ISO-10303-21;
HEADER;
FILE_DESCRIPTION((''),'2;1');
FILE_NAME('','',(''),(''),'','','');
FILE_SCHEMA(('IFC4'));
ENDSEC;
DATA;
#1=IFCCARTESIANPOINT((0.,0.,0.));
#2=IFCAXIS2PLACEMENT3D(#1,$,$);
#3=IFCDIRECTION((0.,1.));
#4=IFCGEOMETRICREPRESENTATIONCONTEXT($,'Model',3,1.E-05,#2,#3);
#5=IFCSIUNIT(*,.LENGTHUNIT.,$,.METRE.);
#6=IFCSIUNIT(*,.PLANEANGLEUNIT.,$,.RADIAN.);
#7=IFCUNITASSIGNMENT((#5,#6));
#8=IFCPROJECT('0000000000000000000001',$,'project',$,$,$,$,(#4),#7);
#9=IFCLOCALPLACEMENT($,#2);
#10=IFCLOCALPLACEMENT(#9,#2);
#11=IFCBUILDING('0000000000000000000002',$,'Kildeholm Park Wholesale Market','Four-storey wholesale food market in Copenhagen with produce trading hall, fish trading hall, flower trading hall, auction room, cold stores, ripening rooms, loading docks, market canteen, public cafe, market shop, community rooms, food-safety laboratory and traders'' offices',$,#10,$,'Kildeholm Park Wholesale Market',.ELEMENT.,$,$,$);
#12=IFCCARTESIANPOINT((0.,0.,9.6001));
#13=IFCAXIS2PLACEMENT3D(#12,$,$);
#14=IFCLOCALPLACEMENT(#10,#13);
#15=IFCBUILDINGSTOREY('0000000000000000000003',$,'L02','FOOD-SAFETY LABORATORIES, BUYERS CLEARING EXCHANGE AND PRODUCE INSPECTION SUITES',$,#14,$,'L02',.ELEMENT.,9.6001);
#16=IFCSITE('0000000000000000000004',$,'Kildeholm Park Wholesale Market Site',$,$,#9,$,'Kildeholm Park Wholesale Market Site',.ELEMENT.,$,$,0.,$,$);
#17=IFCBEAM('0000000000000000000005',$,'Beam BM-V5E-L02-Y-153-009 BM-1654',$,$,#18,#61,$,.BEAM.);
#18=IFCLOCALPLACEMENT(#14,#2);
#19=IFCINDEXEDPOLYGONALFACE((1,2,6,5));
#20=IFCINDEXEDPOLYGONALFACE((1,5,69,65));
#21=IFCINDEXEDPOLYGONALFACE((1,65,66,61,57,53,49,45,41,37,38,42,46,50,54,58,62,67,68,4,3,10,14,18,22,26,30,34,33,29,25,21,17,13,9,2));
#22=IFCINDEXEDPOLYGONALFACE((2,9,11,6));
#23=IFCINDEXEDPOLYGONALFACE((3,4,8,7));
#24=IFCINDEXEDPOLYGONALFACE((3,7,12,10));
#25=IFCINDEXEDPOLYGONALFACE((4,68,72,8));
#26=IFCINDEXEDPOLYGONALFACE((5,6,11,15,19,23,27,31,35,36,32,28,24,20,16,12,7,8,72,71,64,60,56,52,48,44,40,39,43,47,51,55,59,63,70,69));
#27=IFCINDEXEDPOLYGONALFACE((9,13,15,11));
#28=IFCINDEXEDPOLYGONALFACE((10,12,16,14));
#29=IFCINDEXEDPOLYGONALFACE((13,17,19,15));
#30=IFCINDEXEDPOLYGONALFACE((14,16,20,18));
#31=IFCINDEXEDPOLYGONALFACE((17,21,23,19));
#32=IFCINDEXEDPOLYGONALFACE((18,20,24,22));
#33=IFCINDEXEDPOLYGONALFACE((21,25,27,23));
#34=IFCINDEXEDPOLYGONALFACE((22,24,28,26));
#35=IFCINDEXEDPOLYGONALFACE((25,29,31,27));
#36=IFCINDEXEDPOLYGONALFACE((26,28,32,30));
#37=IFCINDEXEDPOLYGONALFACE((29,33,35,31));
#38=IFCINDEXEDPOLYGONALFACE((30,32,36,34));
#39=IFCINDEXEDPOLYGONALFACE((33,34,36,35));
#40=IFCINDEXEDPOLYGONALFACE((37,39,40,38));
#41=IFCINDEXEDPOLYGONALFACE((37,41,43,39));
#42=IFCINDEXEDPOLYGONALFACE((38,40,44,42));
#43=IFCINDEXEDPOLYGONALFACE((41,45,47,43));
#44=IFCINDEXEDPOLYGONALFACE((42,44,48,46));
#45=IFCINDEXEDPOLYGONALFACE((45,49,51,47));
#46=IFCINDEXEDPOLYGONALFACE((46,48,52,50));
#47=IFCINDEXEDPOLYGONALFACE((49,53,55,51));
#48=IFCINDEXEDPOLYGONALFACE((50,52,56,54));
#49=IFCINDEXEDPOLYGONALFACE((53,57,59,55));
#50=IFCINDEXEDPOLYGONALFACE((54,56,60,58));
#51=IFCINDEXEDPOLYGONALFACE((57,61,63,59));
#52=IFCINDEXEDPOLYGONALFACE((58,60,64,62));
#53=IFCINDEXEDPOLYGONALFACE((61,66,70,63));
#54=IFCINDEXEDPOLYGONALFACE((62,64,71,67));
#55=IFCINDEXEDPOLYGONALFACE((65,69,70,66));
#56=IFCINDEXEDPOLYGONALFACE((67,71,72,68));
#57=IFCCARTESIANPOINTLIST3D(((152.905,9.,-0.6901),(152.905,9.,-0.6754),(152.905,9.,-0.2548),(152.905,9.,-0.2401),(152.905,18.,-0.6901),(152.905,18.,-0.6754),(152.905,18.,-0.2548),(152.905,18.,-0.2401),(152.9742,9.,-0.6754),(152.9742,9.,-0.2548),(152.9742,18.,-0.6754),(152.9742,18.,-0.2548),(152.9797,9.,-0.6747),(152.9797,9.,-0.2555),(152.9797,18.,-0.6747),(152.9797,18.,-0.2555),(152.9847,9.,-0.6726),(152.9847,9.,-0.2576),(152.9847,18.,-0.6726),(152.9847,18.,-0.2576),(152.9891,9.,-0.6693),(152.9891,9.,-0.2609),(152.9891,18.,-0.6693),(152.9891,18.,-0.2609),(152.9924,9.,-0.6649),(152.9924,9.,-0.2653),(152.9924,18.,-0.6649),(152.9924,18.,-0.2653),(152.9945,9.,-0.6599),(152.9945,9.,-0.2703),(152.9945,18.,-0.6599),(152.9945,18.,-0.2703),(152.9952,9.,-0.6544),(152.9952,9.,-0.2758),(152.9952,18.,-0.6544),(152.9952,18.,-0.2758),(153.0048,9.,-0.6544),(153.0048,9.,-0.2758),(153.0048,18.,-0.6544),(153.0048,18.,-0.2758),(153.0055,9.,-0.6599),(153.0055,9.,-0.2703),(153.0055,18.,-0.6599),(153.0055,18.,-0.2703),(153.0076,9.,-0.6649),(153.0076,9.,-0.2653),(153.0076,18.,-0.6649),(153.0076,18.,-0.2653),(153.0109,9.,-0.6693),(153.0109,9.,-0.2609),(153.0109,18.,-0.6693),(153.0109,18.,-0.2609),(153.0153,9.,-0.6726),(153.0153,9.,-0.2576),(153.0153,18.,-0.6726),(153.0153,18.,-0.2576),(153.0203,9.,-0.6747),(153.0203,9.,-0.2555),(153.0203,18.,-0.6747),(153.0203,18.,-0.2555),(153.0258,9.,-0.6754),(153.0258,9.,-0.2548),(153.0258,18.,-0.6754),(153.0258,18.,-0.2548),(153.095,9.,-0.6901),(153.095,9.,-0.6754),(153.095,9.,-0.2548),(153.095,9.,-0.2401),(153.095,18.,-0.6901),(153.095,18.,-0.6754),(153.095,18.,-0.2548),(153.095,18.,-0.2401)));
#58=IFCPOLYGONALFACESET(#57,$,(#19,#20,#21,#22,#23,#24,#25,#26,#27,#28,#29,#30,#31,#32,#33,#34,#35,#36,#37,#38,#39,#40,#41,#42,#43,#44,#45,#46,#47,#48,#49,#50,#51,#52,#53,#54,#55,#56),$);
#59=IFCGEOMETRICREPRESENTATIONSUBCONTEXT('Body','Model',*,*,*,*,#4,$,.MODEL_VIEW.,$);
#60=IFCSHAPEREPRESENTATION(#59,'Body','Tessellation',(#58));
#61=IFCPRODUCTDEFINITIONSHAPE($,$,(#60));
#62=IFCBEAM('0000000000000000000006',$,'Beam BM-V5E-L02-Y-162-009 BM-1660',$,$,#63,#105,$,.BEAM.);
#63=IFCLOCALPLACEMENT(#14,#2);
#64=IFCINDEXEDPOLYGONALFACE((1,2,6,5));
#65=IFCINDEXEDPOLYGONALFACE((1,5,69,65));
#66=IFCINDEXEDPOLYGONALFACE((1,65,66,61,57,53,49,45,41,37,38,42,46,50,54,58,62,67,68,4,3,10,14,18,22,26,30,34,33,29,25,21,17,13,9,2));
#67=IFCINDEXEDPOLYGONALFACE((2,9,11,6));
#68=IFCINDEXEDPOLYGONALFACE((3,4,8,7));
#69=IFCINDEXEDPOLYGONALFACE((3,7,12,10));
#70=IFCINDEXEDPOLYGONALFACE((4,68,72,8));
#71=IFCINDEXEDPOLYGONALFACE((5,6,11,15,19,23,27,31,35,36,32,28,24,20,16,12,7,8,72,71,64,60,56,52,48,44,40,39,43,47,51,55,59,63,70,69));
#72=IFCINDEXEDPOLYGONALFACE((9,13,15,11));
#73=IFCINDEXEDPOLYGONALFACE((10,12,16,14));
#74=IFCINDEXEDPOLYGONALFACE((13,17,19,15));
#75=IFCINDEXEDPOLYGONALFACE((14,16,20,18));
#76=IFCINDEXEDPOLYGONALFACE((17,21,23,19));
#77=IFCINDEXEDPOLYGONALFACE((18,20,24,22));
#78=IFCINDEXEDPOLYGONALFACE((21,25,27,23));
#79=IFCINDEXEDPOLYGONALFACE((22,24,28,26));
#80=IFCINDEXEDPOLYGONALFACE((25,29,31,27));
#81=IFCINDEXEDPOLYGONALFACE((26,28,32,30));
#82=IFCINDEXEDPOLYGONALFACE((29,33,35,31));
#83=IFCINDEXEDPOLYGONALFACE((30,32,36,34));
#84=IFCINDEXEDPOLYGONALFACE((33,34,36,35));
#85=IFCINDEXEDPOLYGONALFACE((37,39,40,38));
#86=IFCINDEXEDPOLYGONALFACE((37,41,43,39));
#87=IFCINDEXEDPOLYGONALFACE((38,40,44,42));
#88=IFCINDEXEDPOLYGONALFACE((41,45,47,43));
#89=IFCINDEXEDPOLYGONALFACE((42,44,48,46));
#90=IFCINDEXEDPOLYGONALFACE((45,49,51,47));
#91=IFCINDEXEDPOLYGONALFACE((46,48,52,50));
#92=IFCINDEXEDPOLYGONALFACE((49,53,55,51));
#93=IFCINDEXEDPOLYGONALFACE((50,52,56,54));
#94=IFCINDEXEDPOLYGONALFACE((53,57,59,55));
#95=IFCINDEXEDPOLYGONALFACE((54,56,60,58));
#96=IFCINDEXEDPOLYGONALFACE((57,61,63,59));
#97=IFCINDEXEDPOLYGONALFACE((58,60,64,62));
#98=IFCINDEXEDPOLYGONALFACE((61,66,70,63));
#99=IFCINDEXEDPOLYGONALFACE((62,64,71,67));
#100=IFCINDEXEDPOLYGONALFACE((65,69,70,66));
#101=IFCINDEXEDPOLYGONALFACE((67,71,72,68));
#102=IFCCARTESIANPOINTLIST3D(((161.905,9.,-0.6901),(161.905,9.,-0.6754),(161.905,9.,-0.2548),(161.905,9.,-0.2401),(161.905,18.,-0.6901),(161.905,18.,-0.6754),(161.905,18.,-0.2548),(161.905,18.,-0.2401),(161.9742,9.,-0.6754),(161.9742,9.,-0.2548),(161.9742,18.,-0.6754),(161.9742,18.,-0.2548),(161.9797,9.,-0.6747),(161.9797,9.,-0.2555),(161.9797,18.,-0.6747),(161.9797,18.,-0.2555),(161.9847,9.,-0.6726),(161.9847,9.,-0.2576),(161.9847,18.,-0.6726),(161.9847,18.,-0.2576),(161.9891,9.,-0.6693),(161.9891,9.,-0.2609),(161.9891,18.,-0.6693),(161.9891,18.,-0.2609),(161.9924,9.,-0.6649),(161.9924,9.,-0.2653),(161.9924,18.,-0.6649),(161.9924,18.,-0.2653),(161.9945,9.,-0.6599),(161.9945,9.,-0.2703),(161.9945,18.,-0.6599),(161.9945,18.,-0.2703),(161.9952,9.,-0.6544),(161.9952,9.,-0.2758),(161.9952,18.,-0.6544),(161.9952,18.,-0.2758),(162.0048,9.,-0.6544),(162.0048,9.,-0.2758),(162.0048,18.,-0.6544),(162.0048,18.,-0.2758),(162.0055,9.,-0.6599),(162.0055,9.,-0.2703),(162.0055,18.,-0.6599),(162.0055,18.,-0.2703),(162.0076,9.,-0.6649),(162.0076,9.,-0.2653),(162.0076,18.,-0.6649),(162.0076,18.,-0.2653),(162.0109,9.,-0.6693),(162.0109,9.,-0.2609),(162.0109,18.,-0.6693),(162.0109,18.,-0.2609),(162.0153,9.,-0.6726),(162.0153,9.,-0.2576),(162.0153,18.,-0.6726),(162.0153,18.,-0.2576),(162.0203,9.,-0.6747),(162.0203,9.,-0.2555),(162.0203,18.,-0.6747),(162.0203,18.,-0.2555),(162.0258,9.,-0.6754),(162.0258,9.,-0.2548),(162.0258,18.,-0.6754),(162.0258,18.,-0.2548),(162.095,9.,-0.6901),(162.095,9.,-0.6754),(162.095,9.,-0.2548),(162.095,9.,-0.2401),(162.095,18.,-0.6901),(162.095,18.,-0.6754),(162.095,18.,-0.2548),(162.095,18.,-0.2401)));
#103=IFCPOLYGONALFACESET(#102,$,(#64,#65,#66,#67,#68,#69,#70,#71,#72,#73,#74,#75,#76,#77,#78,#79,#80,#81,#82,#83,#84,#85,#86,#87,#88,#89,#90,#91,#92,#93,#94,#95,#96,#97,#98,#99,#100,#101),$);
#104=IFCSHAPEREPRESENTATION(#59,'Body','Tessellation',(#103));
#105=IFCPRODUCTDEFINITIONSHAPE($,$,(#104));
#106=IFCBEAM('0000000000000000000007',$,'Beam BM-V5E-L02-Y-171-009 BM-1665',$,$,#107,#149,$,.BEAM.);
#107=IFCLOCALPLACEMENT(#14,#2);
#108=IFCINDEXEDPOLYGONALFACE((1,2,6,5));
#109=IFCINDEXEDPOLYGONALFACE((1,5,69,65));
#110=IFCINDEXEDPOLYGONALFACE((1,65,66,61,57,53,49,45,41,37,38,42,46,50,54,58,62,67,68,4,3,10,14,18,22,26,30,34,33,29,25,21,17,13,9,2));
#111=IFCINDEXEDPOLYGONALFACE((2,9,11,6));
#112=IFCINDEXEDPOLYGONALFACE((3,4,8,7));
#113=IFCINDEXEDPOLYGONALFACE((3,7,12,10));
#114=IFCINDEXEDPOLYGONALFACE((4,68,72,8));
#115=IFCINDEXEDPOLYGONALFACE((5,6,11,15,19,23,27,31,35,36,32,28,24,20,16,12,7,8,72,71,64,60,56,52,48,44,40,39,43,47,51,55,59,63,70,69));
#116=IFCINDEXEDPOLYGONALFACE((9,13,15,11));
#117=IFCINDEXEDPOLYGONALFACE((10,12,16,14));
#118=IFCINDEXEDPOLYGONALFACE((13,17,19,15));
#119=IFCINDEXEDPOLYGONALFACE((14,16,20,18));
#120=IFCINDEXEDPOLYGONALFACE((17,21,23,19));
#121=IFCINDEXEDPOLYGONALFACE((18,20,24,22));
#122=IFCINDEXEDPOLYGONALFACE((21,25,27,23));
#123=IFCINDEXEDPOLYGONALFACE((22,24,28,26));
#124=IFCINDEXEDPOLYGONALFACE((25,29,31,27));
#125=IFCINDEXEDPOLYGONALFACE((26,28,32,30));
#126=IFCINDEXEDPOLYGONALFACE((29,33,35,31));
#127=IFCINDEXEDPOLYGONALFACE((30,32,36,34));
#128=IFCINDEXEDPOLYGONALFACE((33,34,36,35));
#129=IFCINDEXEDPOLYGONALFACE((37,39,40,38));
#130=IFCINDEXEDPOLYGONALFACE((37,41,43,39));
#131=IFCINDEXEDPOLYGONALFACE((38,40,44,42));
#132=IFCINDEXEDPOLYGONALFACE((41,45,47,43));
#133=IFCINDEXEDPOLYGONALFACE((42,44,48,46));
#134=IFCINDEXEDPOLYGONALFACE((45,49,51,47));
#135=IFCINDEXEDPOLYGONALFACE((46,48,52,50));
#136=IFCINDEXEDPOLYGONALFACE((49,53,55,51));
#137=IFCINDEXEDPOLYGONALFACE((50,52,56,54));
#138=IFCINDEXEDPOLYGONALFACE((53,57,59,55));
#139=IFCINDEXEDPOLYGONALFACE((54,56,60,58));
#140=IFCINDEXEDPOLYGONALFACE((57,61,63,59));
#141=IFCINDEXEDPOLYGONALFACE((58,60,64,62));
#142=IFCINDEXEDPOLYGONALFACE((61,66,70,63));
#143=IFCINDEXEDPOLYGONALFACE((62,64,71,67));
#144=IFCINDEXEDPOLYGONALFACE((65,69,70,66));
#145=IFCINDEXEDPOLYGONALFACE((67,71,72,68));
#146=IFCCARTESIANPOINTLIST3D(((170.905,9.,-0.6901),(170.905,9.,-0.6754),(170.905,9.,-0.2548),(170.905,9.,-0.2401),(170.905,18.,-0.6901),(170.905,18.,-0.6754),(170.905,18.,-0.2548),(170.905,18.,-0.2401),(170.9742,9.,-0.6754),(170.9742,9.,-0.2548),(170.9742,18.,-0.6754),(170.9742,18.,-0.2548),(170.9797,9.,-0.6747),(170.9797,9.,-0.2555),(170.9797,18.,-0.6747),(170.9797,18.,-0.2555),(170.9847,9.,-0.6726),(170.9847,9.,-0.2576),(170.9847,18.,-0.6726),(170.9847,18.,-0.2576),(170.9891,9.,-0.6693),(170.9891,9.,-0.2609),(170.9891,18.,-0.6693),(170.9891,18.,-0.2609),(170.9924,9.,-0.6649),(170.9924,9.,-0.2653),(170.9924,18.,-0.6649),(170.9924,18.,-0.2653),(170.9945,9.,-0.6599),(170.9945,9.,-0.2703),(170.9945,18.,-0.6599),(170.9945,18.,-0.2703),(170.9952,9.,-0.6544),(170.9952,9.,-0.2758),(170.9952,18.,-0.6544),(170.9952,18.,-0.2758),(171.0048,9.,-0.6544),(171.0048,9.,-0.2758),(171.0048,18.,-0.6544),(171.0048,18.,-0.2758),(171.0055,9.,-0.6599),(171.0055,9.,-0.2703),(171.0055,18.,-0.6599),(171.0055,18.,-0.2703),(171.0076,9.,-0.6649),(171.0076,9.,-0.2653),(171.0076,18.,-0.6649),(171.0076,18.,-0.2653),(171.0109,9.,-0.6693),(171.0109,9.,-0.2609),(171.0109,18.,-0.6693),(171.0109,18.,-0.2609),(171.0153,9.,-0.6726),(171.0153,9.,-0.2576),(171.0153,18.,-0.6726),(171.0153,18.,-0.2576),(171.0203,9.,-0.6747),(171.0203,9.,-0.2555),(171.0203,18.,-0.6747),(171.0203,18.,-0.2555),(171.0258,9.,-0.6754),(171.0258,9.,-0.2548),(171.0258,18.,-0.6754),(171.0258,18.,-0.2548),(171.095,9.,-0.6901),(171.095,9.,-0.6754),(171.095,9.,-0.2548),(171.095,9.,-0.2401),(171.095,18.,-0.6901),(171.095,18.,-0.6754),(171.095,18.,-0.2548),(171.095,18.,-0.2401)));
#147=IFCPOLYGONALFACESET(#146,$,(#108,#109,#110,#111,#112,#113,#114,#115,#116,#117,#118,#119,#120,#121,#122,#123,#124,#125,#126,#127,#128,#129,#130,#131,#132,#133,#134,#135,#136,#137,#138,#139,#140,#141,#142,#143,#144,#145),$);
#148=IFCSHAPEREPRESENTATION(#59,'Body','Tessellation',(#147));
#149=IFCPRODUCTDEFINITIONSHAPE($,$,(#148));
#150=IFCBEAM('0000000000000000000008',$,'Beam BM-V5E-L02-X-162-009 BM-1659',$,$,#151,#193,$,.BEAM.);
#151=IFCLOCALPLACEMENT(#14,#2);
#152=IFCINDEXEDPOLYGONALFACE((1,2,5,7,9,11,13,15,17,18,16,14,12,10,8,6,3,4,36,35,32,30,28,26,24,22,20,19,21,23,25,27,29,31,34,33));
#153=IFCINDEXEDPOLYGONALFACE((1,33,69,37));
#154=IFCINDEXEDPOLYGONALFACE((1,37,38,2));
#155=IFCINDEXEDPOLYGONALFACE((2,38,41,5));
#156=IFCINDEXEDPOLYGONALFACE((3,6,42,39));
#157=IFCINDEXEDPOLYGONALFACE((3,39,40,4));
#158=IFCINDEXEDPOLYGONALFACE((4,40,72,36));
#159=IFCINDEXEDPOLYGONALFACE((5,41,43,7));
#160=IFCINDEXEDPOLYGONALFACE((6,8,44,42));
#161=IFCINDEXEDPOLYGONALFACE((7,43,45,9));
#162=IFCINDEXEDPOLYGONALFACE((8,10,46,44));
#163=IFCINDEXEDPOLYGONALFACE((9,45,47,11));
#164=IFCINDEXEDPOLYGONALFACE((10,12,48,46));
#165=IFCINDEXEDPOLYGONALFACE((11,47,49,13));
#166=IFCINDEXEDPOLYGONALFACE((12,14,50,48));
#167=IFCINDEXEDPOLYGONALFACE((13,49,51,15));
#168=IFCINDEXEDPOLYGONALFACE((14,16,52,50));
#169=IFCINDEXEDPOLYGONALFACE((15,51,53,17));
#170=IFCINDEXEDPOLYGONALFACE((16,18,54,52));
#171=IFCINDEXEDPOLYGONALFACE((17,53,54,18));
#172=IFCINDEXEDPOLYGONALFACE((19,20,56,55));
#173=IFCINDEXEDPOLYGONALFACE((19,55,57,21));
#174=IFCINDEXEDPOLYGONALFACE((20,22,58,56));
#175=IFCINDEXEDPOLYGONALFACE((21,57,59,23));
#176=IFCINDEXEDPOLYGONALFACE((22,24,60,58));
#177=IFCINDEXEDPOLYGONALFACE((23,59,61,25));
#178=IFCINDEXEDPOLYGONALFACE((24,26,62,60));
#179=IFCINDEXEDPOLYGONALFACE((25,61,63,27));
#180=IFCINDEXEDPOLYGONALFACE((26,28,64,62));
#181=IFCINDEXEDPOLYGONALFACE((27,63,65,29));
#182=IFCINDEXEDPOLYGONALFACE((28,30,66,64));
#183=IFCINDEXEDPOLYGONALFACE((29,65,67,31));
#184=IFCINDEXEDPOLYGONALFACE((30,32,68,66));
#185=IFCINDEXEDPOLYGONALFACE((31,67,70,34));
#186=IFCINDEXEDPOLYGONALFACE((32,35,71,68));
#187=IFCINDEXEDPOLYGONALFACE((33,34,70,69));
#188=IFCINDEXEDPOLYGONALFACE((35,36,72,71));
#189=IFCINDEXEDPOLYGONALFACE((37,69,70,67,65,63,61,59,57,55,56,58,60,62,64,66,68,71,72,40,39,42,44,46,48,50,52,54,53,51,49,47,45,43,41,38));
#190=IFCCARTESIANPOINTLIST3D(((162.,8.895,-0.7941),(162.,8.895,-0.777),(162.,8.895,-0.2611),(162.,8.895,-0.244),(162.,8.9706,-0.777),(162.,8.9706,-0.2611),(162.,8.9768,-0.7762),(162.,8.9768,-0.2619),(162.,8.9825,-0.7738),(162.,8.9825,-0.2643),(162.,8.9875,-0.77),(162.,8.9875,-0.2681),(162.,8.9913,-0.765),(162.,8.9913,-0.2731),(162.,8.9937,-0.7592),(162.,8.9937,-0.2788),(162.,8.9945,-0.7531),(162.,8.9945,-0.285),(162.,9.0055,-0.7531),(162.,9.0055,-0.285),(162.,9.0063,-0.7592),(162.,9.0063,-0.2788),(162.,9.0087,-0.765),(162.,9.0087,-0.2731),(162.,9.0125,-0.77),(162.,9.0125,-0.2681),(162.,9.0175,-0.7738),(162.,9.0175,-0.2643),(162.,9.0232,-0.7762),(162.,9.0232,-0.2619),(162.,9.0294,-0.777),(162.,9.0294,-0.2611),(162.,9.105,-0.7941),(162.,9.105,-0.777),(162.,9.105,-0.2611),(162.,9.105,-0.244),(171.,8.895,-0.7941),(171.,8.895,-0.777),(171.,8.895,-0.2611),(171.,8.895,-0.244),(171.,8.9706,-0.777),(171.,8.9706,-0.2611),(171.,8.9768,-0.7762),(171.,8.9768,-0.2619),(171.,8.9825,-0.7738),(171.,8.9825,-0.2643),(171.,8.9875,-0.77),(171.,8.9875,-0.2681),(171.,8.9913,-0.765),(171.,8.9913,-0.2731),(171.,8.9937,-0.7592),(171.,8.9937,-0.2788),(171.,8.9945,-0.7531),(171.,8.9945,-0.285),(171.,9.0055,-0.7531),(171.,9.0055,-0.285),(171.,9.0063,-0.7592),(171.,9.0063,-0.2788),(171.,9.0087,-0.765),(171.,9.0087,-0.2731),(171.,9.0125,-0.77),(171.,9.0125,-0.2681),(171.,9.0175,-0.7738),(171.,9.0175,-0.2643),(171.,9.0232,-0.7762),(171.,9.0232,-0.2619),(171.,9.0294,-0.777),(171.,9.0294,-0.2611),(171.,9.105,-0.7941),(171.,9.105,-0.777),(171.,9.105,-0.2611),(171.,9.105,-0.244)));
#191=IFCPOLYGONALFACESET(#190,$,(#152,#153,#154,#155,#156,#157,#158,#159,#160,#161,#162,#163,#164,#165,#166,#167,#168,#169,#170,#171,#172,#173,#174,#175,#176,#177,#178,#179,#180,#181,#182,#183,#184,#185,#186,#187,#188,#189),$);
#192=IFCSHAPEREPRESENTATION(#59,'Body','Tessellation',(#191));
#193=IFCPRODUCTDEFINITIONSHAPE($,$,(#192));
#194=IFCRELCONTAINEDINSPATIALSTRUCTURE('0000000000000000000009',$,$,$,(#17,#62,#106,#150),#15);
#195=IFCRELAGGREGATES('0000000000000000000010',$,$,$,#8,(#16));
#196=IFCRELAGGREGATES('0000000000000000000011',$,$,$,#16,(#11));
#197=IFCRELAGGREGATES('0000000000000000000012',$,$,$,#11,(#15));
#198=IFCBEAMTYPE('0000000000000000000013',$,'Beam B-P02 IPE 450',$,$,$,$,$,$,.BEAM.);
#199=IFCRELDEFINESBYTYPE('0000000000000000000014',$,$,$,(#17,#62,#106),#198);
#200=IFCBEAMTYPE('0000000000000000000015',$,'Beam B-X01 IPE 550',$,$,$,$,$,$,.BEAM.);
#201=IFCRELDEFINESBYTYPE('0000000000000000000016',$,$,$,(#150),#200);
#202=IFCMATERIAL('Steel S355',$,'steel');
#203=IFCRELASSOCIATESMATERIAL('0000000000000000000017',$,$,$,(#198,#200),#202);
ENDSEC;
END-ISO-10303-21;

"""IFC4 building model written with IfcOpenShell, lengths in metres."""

from ifc_helpers import new_model, si_unit, direction, frame, origin, origin_2d, place, context, subcontext, project, spatial, i_section, extrude, material, material_profile, profile_set, type_object, element, save


model = new_model("IFC4")

# Units and contexts
model_context = context("Model", 3, precision=1e-05, world=origin(), true_north=direction((0.0, 1.0)))
body_context = subcontext(model_context, "Body", "Model", "MODEL_VIEW")
ifc_project = project(units=[si_unit("LENGTHUNIT", "METRE"), si_unit("PLANEANGLEUNIT", "RADIAN")], contexts=[model_context])

# Site, building, storey
site_placement = place(None, origin())
site = spatial("IfcSite", under=ifc_project, at=site_placement, Name="Kildeholm Park Wholesale Market Site", LongName="Kildeholm Park Wholesale Market Site", CompositionType="ELEMENT", RefElevation=0.0)
building_placement = place(site_placement, origin())
building = spatial("IfcBuilding", under=site, at=building_placement, Name="Kildeholm Park Wholesale Market", Description="Four-storey wholesale food market in Copenhagen with produce trading hall, fish trading hall, flower trading hall, auction room, cold stores, ripening rooms, loading docks, market canteen, public cafe, market shop, community rooms, food-safety laboratory and traders' offices", LongName="Kildeholm Park Wholesale Market", CompositionType="ELEMENT")
storey_placement = place(building_placement, frame((0.0, 0.0, 9.6001)))
storey = spatial("IfcBuildingStorey", under=building, at=storey_placement, Name="L02", Description="FOOD-SAFETY LABORATORIES, BUYERS CLEARING EXCHANGE AND PRODUCE INSPECTION SUITES", LongName="L02", CompositionType="ELEMENT", Elevation=9.6001)

# Shared definitions
ifc_material_1 = material(Name="Steel S355", Category="steel")

# Beams
ifc_material_profile_1 = material_profile(ifc_material_1, i_section(OverallWidth=0.1899, OverallDepth=0.45, WebThickness=0.0095, FlangeThickness=0.0146, FilletRadius=0.021, at=origin_2d()), Name="IPE 450")
ifc_profile_set_1 = profile_set([ifc_material_profile_1], Name="Steel S355")
beam_type_1 = type_object("IfcBeamType", Name="Beam B-P02 IPE 450", PredefinedType="BEAM", material=ifc_profile_set_1)
for number, where, z_axis, x_axis, name in (
    (1, (153.0, 9.0, -0.4651), (0.0, 1.0, 0.0), (-1.0, 0.0, 0.0), "Beam BM-V5E-L02-Y-153-009 BM-1654"),
    (2, (162.0, 9.0, -0.4651), (0.0, 1.0, 0.0), (-1.0, 0.0, 0.0), "Beam BM-V5E-L02-Y-162-009 BM-1660"),
    (3, (171.0, 9.0, -0.4651), (0.0, 1.0, 0.0), (-1.0, 0.0, 0.0), "Beam BM-V5E-L02-Y-171-009 BM-1665"),
):
    element("IfcBeam", number, at=place(storey_placement, frame(where, z_axis=z_axis, x_axis=x_axis)), inside=storey, type_object=beam_type_1, Name=name, PredefinedType="BEAM", context=body_context, shape_type="SweptSolid", body=[
        extrude(i_section(OverallWidth=0.1899, OverallDepth=0.45, WebThickness=0.0095, FlangeThickness=0.0146, FilletRadius=0.021, at=origin_2d()), origin(), (0.0, 0.0, 1.0), 9.0),
    ])
ifc_material_profile_2 = material_profile(ifc_material_1, i_section(OverallWidth=0.21, OverallDepth=0.55, WebThickness=0.011, FlangeThickness=0.0171, FilletRadius=0.0239, at=origin_2d()), Name="IPE 550")
ifc_profile_set_2 = profile_set([ifc_material_profile_2], Name="Steel S355")
beam_type_2 = type_object("IfcBeamType", Name="Beam B-X01 IPE 550", PredefinedType="BEAM", material=ifc_profile_set_2)
beam_1_placement = place(storey_placement, frame((162.0, 9.0, -0.519), z_axis=(1.0, 0.0, 0.0), x_axis=(0.0, 1.0, 0.0)))
element("IfcBeam", 4, at=beam_1_placement, inside=storey, type_object=beam_type_2, Name="Beam BM-V5E-L02-X-162-009 BM-1659", PredefinedType="BEAM", context=body_context, shape_type="SweptSolid", body=[
    extrude(i_section(OverallWidth=0.21, OverallDepth=0.55, WebThickness=0.011, FlangeThickness=0.0171, FilletRadius=0.0239, at=origin_2d()), origin(), (0.0, 0.0, 1.0), 9.0),
])

save(model, "model.ifc")
